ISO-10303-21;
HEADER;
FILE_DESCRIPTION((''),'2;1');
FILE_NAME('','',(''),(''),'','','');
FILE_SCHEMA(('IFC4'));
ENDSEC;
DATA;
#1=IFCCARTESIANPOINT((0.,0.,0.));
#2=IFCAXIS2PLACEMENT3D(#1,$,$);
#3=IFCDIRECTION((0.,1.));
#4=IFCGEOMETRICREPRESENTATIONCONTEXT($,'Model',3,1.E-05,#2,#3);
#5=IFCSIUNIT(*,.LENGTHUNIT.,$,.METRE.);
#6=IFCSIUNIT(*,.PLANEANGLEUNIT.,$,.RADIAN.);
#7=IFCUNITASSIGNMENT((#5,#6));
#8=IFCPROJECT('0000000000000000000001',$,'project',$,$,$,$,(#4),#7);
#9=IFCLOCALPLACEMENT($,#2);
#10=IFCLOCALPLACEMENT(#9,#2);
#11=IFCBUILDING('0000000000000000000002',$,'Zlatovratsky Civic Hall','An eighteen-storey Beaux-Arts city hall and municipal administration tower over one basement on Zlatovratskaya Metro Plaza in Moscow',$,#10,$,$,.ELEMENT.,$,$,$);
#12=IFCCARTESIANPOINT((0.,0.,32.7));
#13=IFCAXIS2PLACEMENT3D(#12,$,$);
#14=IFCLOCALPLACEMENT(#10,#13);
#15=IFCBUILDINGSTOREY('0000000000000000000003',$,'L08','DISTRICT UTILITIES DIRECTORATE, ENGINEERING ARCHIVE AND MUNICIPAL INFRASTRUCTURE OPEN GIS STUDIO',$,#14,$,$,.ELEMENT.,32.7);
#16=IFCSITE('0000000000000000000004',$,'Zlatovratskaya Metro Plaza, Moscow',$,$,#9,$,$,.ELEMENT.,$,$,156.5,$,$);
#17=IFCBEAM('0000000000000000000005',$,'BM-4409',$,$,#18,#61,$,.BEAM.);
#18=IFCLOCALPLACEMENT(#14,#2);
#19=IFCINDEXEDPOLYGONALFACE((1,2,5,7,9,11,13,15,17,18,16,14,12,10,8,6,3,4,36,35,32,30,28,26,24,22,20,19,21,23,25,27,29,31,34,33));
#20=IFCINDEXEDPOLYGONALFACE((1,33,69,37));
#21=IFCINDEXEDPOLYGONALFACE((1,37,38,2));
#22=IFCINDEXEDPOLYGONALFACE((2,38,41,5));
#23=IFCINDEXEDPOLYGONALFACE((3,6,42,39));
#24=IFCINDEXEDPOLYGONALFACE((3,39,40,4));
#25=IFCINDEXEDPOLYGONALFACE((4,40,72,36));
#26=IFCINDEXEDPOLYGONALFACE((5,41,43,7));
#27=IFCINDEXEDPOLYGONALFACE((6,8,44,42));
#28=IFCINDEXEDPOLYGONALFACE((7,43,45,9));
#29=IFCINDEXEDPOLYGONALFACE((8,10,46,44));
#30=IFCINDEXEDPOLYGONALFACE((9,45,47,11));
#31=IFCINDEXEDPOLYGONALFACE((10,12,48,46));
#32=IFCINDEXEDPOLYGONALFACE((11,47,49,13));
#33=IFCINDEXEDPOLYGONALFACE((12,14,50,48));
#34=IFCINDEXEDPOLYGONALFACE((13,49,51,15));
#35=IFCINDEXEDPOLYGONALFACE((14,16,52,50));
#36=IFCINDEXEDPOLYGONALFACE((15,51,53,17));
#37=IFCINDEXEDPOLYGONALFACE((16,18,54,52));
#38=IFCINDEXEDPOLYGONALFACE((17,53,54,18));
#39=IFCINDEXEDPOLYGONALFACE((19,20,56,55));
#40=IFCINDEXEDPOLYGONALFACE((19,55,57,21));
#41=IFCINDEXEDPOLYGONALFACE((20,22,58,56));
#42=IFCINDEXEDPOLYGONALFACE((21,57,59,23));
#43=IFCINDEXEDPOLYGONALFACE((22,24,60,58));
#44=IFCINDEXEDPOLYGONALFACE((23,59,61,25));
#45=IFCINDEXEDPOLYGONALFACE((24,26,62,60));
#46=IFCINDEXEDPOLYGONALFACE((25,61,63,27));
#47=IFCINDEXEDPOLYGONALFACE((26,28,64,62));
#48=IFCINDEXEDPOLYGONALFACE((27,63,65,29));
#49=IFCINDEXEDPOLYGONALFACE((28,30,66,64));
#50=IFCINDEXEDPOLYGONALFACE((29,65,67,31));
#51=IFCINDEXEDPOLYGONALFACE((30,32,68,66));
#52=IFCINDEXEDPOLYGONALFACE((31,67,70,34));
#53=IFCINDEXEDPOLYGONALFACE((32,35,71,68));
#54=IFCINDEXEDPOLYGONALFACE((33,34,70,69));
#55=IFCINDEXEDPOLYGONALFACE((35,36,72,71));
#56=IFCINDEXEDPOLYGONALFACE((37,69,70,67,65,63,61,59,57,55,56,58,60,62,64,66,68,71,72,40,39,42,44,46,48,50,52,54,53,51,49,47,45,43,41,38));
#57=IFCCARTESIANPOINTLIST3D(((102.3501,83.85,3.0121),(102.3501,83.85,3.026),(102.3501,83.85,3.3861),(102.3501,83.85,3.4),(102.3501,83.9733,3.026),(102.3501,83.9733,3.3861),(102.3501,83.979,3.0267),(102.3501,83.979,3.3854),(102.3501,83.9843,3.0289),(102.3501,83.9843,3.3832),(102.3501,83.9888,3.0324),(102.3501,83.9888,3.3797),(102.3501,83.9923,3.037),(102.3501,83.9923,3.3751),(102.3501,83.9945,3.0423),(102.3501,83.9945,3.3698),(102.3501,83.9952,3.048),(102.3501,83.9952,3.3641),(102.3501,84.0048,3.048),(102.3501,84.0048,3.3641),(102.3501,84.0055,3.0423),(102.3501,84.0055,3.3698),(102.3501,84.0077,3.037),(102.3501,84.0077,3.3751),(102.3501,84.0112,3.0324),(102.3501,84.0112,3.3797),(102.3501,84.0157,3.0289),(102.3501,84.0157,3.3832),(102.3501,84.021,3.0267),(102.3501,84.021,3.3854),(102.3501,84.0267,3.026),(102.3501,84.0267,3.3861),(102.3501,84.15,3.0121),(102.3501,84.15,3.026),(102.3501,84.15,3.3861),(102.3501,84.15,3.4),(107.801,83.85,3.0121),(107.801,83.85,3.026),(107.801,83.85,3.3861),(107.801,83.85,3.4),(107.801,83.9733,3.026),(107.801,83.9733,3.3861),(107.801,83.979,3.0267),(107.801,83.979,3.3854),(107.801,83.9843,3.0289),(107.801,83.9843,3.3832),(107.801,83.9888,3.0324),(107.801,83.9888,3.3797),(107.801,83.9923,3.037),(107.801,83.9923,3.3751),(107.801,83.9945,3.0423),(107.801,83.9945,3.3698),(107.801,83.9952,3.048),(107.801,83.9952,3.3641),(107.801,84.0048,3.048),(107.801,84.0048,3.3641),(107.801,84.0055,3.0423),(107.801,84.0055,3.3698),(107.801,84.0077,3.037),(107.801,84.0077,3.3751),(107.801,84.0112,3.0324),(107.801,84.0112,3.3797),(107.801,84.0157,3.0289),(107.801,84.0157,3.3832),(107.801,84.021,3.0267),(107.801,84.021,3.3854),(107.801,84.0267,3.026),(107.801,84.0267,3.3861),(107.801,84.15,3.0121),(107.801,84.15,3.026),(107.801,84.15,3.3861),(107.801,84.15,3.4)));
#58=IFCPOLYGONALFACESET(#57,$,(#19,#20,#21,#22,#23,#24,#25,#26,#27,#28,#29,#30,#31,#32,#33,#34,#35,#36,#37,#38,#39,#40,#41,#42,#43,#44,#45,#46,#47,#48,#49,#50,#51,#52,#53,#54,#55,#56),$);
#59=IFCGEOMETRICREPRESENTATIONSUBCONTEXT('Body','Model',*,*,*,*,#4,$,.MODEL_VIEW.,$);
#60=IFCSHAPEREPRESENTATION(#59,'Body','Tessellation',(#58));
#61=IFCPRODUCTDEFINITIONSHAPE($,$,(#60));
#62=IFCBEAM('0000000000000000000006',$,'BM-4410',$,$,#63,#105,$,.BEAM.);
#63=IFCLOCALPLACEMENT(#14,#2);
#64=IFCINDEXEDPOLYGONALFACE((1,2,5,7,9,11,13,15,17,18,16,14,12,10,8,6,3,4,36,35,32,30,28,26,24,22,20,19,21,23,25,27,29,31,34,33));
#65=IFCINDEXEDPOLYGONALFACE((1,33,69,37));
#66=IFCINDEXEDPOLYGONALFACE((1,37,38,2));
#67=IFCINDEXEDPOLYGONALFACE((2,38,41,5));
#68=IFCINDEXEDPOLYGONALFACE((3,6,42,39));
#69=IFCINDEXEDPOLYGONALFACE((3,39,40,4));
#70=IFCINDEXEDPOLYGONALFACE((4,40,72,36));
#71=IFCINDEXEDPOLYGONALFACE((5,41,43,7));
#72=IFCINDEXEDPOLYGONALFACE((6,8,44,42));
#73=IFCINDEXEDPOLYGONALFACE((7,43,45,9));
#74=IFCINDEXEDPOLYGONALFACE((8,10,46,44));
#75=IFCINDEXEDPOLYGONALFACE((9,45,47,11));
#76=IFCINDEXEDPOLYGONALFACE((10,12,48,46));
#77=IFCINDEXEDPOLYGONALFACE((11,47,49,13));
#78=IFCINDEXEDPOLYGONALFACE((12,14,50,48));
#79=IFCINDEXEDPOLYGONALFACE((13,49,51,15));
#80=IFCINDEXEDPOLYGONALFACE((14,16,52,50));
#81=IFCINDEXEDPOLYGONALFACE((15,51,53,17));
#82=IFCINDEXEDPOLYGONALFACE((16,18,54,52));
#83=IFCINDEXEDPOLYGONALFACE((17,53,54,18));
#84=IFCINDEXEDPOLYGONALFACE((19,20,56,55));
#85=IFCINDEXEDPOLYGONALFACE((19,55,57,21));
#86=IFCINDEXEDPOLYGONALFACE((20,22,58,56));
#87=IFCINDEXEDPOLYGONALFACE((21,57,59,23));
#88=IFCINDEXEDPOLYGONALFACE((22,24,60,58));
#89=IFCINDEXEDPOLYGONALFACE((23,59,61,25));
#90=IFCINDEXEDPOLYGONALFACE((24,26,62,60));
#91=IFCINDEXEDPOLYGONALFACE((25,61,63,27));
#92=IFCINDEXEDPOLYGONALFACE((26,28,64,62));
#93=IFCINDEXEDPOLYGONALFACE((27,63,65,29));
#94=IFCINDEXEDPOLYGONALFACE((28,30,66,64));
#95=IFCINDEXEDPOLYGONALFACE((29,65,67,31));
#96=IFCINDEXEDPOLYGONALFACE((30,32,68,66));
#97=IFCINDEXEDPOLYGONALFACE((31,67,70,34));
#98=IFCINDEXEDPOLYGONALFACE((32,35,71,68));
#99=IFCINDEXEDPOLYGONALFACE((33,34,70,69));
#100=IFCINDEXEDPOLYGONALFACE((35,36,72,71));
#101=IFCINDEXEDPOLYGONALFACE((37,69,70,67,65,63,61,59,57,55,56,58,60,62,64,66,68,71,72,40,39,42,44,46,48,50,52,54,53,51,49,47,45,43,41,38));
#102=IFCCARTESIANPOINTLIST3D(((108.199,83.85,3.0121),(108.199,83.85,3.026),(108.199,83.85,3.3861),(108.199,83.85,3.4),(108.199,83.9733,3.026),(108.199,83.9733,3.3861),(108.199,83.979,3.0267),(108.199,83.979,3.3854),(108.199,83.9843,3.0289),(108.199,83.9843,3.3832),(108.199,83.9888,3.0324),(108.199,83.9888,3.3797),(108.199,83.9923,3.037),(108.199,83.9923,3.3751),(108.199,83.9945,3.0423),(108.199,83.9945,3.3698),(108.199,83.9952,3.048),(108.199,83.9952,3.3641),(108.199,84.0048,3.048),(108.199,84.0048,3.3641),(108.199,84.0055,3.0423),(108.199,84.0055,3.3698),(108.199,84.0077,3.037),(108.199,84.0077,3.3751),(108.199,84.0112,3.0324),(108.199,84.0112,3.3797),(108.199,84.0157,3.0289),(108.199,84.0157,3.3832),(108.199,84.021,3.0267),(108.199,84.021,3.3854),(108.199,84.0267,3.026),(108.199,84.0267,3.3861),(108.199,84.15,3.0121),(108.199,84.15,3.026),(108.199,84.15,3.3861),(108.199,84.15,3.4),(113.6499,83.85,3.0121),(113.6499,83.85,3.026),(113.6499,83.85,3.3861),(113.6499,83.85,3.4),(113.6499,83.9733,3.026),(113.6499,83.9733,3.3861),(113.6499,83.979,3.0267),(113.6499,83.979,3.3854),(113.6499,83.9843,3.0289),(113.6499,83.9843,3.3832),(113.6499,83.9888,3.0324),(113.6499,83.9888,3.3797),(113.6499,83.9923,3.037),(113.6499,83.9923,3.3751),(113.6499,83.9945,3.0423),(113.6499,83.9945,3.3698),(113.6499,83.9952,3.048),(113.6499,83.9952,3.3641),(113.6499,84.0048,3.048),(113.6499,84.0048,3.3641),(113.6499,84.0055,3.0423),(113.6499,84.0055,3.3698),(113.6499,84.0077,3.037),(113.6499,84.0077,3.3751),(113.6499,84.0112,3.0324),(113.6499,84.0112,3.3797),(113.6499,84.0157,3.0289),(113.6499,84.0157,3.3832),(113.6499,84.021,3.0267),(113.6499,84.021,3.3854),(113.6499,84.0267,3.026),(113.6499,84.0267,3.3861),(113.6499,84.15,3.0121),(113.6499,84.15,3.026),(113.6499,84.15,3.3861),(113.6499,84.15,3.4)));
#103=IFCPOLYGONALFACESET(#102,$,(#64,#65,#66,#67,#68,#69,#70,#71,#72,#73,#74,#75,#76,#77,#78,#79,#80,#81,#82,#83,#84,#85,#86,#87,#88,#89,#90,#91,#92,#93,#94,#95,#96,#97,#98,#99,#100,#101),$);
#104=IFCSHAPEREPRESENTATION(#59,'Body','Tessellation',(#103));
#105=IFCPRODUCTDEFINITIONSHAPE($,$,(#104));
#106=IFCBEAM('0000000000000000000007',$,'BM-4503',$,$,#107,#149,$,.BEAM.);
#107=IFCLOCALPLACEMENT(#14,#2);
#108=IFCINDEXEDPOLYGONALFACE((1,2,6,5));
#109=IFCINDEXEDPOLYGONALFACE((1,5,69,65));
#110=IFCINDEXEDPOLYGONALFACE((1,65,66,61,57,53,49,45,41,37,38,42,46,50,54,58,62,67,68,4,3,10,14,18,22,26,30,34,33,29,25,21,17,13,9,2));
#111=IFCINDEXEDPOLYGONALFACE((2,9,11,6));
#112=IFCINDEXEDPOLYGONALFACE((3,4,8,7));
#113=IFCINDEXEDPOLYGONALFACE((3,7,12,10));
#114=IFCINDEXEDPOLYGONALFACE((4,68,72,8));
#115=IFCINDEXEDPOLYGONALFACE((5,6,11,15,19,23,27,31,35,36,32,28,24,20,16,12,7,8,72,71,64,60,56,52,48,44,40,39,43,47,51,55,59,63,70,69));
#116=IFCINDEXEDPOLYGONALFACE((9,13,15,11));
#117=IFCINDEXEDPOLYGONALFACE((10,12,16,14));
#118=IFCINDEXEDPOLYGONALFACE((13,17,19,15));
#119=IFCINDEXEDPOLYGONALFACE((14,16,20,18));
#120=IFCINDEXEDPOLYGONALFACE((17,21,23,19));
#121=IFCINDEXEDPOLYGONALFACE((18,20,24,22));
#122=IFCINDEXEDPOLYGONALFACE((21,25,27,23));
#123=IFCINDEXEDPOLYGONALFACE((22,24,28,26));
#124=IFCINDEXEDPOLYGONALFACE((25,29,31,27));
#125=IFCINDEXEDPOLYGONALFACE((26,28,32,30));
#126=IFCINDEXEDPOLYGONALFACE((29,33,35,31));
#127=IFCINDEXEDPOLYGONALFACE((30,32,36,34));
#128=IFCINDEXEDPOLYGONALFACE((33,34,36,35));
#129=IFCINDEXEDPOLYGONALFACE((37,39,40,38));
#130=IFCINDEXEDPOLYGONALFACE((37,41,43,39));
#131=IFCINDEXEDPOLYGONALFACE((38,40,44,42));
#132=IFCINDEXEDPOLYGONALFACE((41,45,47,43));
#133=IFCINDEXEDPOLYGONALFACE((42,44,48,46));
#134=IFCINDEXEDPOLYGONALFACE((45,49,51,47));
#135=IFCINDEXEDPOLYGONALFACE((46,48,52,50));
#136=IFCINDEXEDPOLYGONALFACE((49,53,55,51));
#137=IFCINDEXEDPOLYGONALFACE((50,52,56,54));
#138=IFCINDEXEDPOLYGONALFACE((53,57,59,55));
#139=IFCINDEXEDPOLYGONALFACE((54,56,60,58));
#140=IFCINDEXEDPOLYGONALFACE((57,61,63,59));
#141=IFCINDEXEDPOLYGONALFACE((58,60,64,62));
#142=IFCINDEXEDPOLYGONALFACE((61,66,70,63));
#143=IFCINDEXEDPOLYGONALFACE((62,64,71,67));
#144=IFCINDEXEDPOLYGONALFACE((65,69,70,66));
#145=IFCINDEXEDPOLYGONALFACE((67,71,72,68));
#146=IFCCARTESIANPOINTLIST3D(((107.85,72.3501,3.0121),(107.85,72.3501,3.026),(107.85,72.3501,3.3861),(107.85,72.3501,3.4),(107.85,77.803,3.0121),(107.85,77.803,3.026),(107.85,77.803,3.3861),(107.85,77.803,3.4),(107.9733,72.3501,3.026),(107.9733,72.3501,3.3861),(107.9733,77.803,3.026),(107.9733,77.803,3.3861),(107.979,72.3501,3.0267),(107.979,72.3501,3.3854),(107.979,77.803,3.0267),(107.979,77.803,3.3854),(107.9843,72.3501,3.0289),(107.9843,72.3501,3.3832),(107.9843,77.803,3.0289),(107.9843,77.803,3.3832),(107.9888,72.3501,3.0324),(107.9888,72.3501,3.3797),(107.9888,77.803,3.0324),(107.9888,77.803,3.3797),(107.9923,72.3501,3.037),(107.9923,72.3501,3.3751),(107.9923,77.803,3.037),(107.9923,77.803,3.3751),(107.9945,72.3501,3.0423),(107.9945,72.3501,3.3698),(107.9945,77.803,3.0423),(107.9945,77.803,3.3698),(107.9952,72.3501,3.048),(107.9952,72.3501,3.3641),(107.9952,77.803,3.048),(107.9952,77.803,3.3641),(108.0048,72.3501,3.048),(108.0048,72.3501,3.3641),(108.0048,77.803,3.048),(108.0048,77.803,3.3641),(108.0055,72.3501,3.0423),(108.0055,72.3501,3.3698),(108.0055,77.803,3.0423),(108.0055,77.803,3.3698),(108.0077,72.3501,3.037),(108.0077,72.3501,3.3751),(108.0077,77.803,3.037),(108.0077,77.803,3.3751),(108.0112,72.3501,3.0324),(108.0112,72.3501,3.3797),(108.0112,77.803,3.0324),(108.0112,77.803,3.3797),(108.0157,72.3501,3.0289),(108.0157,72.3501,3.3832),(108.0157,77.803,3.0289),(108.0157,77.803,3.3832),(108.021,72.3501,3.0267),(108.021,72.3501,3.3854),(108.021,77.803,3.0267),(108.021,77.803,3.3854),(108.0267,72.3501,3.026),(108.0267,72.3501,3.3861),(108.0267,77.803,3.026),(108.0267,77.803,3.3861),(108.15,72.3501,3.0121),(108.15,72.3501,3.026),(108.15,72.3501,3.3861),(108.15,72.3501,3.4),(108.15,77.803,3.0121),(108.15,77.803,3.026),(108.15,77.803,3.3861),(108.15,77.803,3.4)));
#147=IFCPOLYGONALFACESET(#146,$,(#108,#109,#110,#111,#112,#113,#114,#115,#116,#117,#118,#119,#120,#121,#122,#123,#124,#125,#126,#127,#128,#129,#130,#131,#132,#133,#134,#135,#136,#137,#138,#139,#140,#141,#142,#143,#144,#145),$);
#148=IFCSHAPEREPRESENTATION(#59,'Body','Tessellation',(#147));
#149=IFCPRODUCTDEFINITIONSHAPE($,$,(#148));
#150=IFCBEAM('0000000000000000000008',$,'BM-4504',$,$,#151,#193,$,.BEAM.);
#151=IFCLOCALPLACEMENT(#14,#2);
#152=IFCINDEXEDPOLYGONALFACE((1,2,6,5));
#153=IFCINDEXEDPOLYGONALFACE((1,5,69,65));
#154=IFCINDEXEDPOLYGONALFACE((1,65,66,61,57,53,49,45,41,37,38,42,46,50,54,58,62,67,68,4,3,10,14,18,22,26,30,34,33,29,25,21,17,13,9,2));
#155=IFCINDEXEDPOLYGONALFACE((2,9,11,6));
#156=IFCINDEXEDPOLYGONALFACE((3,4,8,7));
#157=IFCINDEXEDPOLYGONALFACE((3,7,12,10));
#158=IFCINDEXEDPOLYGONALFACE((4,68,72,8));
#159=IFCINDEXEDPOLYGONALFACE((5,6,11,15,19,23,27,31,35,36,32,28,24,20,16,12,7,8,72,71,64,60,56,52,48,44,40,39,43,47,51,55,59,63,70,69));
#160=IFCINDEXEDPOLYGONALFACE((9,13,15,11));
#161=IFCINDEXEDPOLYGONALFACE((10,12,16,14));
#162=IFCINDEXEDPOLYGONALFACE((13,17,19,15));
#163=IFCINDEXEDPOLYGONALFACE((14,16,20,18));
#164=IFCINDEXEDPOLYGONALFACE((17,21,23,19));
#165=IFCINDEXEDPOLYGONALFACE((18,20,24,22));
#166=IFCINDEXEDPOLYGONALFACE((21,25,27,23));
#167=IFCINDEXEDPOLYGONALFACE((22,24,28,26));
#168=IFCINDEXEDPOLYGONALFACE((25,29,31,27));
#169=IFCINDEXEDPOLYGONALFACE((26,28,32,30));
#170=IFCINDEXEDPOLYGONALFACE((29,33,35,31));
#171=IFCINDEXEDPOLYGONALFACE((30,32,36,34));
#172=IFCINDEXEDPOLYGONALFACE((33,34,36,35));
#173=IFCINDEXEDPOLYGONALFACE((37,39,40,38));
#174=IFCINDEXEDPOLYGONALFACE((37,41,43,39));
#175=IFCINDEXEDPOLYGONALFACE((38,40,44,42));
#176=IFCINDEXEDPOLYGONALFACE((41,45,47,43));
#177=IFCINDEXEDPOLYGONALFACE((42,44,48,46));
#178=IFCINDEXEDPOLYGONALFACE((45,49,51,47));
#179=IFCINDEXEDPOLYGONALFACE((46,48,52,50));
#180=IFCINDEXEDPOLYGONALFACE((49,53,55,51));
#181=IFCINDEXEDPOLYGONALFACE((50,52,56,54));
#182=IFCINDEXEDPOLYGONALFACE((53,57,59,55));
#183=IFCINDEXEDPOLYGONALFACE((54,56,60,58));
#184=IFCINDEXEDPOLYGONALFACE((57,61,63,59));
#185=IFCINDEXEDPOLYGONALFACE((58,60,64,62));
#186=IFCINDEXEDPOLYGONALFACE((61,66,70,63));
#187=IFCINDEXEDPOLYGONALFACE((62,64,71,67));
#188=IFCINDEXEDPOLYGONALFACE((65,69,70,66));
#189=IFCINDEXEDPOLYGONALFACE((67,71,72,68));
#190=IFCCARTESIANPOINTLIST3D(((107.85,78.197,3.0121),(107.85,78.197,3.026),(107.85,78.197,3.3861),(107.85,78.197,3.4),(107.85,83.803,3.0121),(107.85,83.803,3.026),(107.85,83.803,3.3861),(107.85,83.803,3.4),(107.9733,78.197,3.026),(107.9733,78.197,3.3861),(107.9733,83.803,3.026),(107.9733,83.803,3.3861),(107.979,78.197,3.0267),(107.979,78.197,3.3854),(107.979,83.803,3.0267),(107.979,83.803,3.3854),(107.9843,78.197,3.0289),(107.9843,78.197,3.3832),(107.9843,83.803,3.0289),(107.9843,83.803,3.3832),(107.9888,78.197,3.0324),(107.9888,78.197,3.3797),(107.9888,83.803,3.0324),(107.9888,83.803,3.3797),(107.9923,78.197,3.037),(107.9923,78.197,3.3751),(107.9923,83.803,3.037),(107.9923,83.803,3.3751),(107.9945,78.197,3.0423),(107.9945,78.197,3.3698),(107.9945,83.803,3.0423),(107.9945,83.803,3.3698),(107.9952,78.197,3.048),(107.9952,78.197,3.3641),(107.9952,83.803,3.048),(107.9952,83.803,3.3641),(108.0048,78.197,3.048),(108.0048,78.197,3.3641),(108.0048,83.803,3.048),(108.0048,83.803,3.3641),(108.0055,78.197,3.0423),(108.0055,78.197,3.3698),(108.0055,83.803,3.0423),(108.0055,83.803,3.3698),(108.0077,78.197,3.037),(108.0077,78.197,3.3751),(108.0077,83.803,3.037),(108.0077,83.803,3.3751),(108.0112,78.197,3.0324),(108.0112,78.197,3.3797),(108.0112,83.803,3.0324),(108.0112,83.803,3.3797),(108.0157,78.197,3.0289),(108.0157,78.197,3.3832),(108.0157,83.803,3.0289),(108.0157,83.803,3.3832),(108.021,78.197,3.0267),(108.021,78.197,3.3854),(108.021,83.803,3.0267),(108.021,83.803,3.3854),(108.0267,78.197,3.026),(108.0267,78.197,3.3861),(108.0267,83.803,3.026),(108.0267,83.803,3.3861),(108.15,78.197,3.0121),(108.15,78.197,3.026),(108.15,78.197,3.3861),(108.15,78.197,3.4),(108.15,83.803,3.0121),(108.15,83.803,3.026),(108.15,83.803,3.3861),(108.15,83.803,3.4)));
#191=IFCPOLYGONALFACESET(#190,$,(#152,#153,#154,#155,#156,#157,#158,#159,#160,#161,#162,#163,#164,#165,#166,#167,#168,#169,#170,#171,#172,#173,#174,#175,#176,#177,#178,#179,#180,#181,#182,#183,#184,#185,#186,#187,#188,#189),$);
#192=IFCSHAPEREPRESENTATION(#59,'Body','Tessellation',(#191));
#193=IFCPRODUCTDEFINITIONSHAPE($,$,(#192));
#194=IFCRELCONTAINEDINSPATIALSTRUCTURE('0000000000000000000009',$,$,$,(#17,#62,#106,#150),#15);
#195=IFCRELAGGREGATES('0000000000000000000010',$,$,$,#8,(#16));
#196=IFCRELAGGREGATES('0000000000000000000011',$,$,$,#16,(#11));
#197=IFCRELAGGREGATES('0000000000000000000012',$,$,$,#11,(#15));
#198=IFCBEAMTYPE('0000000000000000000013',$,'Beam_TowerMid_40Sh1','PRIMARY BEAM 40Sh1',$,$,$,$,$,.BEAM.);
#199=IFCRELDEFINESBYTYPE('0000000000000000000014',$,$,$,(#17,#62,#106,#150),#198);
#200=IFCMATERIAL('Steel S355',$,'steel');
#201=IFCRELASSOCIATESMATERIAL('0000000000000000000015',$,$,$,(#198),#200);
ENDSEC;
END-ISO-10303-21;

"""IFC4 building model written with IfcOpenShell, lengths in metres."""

from ifc_helpers import new_model, si_unit, direction, frame, origin, origin_2d, place, context, subcontext, project, spatial, i_section, extrude, material, material_profile, profile_set, type_object, element, save


model = new_model("IFC4")

# Units and contexts
model_context = context("Model", 3, precision=1e-05, world=origin(), true_north=direction((0.0, 1.0)))
body_context = subcontext(model_context, "Body", "Model", "MODEL_VIEW")
ifc_project = project(units=[si_unit("LENGTHUNIT", "METRE"), si_unit("PLANEANGLEUNIT", "RADIAN")], contexts=[model_context])

# Site, building, storey
site_placement = place(None, origin())
site = spatial("IfcSite", under=ifc_project, at=site_placement, Name="Zlatovratskaya Metro Plaza, Moscow", CompositionType="ELEMENT", RefElevation=156.5)
building_placement = place(site_placement, origin())
building = spatial("IfcBuilding", under=site, at=building_placement, Name="Zlatovratsky Civic Hall", Description="An eighteen-storey Beaux-Arts city hall and municipal administration tower over one basement on Zlatovratskaya Metro Plaza in Moscow", CompositionType="ELEMENT")
storey_placement = place(building_placement, frame((0.0, 0.0, 32.7)))
storey = spatial("IfcBuildingStorey", under=building, at=storey_placement, Name="L08", Description="DISTRICT UTILITIES DIRECTORATE, ENGINEERING ARCHIVE AND MUNICIPAL INFRASTRUCTURE OPEN GIS STUDIO", CompositionType="ELEMENT", Elevation=32.7)

# Shared definitions
ifc_material_1 = material(Name="Steel S355", Category="steel")

# Beams
ifc_material_profile_1 = material_profile(ifc_material_1, i_section(OverallWidth=0.3, OverallDepth=0.3879, WebThickness=0.0095, FlangeThickness=0.0139, FilletRadius=0.022, at=origin_2d()), Name="40Sh1")
ifc_profile_set_1 = profile_set([ifc_material_profile_1], Name="Steel S355")
beam_type_1 = type_object("IfcBeamType", Name="Beam_TowerMid_40Sh1", Description="PRIMARY BEAM 40Sh1", PredefinedType="BEAM", material=ifc_profile_set_1)
for number, where, z_axis, x_axis, name in (
    (1, (102.3501, 84.0, 3.2061), (1.0, 0.0, 0.0), (0.0, 1.0, 0.0), "BM-4409"),
    (2, (108.199, 84.0, 3.2061), (1.0, 0.0, 0.0), (0.0, 1.0, 0.0), "BM-4410"),
):
    element("IfcBeam", number, at=place(storey_placement, frame(where, z_axis=z_axis, x_axis=x_axis)), inside=storey, type_object=beam_type_1, Name=name, PredefinedType="BEAM", context=body_context, shape_type="SweptSolid", body=[
        extrude(i_section(OverallWidth=0.3, OverallDepth=0.3879, WebThickness=0.0095, FlangeThickness=0.0139, FilletRadius=0.022, at=origin_2d()), origin(), (0.0, 0.0, 1.0), 5.4509),
    ])
beam_placement = place(storey_placement, frame((108.0, 72.3501, 3.2061), z_axis=(0.0, 1.0, 0.0), x_axis=(-1.0, 0.0, 0.0)))
element("IfcBeam", 3, at=beam_placement, inside=storey, type_object=beam_type_1, Name="BM-4503", PredefinedType="BEAM", context=body_context, shape_type="SweptSolid", body=[
    extrude(i_section(OverallWidth=0.3, OverallDepth=0.3879, WebThickness=0.0095, FlangeThickness=0.0139, FilletRadius=0.022, at=origin_2d()), origin(), (0.0, 0.0, 1.0), 5.4529),
])
for number, where, z_axis, x_axis, name in (
    (4, (108.0, 78.197, 3.2061), (0.0, 1.0, 0.0), (-1.0, 0.0, 0.0), "BM-4504"),
):
    element("IfcBeam", number, at=place(storey_placement, frame(where, z_axis=z_axis, x_axis=x_axis)), inside=storey, type_object=beam_type_1, Name=name, PredefinedType="BEAM", context=body_context, shape_type="SweptSolid", body=[
        extrude(i_section(OverallWidth=0.3, OverallDepth=0.3879, WebThickness=0.0095, FlangeThickness=0.0139, FilletRadius=0.022, at=origin_2d()), origin(), (0.0, 0.0, 1.0), 5.606),
    ])

save(model, "model.ifc")
